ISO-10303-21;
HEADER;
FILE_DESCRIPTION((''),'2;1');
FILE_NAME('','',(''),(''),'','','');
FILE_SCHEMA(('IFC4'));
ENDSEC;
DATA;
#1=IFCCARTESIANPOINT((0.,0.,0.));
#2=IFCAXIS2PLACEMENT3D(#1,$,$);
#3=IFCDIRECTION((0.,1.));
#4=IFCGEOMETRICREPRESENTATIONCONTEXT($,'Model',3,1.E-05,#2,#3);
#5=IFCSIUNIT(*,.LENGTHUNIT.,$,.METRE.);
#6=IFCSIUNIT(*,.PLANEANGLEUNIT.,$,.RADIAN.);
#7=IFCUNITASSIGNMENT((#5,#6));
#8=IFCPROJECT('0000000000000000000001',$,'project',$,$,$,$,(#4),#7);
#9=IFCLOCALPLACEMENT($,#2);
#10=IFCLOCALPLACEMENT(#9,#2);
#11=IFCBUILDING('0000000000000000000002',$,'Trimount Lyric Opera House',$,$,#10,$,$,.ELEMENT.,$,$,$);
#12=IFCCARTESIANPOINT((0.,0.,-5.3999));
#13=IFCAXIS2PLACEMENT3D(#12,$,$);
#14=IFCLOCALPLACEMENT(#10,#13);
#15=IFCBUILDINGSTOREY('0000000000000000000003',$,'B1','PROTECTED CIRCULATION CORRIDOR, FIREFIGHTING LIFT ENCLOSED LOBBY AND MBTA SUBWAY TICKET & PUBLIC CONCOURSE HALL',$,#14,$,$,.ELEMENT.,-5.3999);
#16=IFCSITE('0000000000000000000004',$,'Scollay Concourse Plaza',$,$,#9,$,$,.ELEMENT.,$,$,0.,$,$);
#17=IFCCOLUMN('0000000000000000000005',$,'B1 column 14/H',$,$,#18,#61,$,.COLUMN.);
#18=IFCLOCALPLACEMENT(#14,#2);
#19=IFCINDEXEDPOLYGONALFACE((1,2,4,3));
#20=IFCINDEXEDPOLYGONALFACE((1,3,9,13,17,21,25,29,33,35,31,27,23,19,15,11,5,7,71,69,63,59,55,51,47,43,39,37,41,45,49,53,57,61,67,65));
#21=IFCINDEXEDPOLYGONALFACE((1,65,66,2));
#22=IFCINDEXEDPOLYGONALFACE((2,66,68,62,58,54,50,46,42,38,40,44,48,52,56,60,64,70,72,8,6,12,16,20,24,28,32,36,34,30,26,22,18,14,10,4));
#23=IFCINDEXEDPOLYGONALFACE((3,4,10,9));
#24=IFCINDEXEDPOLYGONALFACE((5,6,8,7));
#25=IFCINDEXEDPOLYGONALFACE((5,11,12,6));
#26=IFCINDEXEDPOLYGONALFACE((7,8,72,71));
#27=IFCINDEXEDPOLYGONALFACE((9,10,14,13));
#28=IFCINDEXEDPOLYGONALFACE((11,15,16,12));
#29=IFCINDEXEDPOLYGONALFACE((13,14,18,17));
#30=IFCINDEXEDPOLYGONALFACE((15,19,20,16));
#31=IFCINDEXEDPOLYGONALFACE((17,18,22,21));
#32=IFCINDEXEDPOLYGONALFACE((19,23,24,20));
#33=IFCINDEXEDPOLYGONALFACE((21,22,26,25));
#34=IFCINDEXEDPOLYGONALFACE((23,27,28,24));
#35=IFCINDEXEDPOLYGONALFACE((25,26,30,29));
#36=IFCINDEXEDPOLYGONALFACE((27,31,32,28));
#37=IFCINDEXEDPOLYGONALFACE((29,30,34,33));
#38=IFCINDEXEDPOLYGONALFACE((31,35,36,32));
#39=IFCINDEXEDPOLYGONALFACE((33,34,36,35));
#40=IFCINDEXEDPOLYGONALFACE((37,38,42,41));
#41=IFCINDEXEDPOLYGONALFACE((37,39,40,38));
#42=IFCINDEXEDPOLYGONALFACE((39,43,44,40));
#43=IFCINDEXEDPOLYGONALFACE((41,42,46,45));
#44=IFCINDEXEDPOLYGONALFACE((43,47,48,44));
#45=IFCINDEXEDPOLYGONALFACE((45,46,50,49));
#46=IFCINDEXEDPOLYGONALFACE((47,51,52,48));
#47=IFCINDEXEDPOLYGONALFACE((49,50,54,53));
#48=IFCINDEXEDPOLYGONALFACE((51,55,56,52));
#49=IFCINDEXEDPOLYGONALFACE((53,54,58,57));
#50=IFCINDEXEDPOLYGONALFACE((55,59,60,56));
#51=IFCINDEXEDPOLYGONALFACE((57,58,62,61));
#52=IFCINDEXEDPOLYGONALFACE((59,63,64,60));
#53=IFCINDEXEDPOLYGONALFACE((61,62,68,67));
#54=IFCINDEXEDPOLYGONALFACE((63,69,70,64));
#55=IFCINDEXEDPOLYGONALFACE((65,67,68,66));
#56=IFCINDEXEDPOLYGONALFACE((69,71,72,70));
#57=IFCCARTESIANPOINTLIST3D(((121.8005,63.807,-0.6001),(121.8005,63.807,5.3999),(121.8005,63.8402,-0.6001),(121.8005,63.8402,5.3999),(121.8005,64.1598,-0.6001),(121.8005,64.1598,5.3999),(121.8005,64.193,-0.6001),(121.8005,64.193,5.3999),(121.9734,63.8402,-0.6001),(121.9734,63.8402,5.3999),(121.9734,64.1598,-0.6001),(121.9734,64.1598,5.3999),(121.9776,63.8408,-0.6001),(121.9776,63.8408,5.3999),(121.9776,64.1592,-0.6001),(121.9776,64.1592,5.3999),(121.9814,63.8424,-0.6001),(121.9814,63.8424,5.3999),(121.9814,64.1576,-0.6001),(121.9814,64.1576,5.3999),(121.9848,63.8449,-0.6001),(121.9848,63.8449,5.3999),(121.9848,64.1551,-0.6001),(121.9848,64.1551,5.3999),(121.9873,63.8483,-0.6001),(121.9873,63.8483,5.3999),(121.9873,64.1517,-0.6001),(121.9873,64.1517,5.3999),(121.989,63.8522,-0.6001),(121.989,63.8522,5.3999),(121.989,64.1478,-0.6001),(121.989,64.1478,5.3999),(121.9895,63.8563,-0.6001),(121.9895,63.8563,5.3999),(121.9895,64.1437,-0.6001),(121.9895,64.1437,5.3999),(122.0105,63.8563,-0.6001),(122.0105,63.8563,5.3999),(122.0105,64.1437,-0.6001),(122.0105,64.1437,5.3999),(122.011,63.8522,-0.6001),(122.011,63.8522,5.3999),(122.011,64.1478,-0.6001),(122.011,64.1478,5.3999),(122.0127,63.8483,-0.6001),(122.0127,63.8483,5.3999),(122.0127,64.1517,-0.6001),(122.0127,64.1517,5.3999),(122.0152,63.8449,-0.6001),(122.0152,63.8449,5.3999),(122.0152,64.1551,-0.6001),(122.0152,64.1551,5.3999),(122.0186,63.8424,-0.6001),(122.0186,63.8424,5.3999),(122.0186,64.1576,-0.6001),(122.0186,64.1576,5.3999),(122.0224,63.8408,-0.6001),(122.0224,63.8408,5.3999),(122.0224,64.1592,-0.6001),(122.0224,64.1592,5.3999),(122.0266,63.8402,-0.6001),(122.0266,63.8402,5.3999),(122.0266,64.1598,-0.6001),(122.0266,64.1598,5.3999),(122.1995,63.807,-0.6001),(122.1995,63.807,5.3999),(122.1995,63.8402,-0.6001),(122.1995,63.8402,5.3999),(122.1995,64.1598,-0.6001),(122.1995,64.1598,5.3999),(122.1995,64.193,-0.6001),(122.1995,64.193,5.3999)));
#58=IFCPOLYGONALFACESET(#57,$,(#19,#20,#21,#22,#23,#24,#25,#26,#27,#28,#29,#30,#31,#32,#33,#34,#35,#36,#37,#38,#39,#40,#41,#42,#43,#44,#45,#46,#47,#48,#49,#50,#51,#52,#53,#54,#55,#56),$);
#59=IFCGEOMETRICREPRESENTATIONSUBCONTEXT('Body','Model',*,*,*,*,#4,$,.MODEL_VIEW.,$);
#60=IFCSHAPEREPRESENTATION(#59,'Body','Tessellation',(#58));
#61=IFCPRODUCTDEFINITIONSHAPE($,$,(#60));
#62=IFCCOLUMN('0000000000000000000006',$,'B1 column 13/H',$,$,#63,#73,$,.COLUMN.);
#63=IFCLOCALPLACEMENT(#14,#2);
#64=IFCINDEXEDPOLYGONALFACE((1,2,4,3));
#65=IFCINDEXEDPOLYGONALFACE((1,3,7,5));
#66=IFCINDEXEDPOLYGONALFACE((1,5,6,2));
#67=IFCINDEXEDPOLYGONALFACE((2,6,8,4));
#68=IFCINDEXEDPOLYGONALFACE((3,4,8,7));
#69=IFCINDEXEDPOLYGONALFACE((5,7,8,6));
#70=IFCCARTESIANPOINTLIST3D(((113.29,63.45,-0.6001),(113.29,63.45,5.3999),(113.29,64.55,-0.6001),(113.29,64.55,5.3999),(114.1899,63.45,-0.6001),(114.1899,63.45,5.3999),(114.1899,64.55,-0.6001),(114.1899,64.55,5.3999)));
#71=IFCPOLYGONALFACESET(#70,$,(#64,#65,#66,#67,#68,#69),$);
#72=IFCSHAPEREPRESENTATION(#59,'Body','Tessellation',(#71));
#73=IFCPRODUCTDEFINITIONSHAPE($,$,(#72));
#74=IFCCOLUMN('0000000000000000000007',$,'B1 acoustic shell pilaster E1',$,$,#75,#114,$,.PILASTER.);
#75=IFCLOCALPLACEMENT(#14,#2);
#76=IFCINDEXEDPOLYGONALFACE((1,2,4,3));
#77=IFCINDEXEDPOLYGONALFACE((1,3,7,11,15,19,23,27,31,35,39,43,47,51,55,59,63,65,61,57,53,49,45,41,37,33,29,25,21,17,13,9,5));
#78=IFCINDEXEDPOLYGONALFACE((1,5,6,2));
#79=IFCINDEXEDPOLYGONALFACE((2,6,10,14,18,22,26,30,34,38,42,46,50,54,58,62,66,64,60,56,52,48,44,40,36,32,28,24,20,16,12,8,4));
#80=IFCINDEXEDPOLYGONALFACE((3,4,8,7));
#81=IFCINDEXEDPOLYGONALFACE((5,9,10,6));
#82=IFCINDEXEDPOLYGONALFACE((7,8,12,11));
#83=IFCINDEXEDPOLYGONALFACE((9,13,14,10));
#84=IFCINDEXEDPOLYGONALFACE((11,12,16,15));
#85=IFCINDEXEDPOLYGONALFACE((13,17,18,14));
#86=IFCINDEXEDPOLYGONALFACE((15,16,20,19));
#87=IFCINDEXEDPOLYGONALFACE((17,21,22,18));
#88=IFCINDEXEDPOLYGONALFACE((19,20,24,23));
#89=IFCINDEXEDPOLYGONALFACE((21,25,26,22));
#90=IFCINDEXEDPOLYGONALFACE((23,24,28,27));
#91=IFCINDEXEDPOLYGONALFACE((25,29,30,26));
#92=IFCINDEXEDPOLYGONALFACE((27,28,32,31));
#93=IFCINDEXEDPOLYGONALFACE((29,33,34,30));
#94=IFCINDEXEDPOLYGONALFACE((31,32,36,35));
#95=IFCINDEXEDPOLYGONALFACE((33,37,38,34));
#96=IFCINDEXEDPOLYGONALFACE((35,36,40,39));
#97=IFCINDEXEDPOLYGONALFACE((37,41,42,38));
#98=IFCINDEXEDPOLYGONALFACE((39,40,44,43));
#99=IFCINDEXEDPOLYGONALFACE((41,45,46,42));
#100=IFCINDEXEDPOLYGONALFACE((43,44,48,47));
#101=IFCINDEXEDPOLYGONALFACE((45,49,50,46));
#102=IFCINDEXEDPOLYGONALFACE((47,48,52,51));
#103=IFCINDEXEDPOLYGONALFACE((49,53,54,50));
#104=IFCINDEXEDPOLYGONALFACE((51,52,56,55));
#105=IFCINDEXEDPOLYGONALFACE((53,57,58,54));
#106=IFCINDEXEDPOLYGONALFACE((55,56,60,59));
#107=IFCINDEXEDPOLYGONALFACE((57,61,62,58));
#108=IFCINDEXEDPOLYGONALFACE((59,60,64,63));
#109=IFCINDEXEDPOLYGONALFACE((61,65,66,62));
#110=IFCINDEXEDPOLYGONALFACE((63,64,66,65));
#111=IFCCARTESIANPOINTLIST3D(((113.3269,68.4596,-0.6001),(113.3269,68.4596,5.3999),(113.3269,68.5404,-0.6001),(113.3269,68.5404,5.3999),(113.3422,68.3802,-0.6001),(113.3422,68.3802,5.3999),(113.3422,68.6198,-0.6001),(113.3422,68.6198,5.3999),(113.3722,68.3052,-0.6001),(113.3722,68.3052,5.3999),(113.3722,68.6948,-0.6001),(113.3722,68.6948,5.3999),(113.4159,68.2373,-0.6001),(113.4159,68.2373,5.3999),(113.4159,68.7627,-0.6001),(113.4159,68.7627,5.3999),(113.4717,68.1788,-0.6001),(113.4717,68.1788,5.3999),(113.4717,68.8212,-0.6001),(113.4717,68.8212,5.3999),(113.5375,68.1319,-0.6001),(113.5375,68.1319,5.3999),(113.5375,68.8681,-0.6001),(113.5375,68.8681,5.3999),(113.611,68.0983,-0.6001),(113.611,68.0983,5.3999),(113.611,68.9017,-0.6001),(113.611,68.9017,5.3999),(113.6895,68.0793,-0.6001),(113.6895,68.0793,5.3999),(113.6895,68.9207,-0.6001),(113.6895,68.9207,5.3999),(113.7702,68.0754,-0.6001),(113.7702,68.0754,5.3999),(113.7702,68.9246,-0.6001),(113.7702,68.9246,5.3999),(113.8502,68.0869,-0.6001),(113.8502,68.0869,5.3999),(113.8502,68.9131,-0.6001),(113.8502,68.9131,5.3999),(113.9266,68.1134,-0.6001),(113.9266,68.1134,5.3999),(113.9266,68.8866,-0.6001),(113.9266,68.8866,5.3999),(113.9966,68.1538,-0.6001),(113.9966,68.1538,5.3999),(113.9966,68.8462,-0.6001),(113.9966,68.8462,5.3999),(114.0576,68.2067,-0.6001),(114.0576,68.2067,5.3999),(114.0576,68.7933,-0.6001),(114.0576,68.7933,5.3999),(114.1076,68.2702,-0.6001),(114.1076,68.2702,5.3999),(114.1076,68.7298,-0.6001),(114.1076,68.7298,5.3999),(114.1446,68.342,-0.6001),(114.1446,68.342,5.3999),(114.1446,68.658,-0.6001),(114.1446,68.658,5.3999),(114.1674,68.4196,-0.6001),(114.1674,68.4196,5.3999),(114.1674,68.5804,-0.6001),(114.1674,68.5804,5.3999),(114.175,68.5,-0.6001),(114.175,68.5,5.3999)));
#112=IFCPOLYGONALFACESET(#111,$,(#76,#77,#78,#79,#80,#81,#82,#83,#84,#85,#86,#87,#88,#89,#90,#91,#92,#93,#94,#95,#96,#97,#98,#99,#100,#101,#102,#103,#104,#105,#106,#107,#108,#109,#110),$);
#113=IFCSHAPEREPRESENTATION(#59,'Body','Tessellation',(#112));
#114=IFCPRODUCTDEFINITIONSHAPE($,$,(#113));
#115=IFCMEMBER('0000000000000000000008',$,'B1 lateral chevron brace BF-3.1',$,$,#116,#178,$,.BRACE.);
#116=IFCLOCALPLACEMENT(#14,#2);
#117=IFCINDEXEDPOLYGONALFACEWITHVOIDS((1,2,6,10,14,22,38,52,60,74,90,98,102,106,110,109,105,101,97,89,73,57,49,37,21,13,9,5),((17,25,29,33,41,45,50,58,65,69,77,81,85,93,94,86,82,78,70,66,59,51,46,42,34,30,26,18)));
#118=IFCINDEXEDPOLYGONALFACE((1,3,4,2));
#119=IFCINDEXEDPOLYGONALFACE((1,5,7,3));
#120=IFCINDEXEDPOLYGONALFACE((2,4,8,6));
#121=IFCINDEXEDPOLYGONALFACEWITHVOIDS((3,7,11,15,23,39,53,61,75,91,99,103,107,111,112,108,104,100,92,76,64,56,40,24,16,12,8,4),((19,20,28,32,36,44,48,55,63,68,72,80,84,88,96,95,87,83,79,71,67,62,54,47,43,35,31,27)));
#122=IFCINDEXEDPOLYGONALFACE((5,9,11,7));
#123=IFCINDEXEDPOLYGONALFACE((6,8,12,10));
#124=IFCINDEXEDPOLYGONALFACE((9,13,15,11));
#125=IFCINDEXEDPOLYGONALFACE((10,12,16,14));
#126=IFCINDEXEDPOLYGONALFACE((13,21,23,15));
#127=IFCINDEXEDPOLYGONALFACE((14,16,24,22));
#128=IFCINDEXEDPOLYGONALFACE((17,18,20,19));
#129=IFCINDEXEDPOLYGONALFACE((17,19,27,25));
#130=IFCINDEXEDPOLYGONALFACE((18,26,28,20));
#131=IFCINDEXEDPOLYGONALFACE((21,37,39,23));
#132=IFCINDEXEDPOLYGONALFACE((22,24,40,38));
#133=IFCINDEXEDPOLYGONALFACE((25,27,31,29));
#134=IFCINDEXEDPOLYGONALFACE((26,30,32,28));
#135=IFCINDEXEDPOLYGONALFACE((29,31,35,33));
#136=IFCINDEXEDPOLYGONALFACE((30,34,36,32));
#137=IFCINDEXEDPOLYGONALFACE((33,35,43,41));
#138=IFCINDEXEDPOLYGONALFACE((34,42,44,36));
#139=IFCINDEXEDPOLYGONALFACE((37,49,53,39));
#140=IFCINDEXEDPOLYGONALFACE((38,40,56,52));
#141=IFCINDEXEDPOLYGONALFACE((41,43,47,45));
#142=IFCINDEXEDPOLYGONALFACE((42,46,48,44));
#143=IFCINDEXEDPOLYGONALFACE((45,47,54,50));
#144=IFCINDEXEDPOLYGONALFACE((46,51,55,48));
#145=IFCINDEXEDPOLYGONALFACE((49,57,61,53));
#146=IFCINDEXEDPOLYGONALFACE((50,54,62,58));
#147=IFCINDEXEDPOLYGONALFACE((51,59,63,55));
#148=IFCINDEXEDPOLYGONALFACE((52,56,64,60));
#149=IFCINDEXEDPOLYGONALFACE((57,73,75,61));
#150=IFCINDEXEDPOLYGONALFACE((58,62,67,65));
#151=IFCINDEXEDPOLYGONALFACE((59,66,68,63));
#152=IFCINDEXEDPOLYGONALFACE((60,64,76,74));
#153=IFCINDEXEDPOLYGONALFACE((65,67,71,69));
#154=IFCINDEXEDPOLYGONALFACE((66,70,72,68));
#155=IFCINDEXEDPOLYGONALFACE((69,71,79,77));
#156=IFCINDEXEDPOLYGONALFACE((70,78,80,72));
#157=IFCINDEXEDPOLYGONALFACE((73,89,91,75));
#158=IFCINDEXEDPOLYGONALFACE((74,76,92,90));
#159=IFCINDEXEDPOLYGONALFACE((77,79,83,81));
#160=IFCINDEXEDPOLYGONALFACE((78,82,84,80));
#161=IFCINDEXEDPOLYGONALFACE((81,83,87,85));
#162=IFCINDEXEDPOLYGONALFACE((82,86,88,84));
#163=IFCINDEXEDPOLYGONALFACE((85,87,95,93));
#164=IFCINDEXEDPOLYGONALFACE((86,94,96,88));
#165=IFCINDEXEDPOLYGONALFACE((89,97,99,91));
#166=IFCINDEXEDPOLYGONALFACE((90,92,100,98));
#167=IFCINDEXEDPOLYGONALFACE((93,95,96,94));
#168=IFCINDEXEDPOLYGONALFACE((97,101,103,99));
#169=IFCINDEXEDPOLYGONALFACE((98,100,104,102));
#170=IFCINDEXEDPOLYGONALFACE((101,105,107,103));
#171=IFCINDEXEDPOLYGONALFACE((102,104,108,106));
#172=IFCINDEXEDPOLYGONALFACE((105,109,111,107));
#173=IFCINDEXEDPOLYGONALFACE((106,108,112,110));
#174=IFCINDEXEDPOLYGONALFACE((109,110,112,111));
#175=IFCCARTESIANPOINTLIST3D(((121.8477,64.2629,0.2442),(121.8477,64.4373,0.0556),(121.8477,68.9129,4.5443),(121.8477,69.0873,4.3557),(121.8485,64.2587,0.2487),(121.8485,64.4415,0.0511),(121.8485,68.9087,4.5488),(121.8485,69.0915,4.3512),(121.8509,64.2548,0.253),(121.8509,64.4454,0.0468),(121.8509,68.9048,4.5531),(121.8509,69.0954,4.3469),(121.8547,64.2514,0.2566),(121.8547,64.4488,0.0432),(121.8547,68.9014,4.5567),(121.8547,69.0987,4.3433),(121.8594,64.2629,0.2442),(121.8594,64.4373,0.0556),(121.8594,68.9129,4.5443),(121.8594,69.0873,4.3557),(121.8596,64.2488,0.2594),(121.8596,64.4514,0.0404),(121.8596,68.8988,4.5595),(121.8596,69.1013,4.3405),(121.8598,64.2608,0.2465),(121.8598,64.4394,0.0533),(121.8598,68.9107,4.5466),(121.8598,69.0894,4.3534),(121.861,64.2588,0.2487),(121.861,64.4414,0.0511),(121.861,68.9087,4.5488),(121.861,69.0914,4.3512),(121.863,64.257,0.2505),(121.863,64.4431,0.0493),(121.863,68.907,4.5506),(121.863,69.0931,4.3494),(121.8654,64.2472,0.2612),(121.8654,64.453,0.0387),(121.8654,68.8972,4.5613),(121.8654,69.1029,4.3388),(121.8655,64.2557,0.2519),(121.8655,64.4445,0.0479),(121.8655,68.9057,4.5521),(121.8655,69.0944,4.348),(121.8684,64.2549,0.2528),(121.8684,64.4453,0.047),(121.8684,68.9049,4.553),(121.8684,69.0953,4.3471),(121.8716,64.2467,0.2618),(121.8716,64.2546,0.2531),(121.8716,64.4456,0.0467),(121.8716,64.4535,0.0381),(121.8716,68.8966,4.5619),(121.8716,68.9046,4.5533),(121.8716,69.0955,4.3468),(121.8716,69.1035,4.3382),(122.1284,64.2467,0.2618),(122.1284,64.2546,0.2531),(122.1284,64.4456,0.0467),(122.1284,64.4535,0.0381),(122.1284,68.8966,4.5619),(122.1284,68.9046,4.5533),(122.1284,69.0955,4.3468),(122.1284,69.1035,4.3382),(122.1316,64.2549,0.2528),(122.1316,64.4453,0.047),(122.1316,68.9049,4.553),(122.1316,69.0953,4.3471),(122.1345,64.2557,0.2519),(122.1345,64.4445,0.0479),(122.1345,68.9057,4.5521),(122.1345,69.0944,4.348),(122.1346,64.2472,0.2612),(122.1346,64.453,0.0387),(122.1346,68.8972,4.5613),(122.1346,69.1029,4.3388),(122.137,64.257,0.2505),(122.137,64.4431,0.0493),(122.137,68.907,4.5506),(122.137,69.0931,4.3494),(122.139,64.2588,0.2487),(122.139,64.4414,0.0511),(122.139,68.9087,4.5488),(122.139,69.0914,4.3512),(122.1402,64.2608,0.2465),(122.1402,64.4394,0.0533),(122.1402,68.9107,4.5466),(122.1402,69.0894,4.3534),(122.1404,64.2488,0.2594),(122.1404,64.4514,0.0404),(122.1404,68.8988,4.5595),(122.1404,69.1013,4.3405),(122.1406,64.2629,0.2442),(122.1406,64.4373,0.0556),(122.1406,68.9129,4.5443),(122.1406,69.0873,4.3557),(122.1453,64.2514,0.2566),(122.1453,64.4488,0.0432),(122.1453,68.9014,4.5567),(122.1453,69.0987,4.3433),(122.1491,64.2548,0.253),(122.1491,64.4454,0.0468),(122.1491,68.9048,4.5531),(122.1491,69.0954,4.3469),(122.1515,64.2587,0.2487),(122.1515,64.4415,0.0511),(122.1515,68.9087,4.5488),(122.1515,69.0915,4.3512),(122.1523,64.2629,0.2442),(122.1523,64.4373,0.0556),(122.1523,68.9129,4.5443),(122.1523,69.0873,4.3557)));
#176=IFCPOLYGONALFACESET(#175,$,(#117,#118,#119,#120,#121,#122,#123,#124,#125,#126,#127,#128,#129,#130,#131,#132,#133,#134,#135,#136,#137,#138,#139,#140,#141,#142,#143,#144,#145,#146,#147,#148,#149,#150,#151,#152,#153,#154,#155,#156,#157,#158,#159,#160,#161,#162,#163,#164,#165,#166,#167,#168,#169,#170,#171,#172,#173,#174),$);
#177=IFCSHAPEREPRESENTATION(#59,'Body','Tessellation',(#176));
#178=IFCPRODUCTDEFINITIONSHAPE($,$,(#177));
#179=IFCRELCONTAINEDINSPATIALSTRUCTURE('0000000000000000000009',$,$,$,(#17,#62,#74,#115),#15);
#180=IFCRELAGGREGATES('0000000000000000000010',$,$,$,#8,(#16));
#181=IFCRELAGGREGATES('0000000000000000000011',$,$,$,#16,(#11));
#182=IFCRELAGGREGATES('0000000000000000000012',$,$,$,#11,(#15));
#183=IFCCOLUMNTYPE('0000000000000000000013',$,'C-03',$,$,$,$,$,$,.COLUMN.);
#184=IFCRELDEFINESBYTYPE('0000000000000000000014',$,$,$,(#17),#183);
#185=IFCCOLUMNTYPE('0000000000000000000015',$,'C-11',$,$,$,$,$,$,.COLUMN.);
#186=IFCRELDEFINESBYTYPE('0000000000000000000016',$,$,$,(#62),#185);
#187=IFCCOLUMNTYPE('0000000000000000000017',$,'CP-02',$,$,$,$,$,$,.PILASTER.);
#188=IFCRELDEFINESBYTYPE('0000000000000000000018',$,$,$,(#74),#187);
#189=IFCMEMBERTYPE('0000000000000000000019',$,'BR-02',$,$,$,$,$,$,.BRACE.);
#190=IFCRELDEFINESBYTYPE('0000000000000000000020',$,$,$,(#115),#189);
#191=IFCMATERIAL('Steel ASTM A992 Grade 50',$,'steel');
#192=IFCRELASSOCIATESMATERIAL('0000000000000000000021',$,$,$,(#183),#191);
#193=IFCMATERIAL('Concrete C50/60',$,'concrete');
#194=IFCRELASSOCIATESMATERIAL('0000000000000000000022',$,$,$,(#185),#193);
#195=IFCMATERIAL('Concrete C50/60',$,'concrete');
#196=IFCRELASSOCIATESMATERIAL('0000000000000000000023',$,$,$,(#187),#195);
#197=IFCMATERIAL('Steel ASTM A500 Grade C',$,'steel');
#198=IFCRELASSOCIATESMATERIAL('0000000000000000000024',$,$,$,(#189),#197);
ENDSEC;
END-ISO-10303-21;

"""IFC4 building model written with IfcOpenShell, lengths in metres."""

from ifc_helpers import new_model, si_unit, direction, frame, origin, origin_2d, place, context, subcontext, project, spatial, rectangle, hollow_rectangle, circle, i_section, extrude, material, material_profile, profile_set, type_object, element, save


model = new_model("IFC4")

# Units and contexts
model_context = context("Model", 3, precision=1e-05, world=origin(), true_north=direction((0.0, 1.0)))
body_context = subcontext(model_context, "Body", "Model", "MODEL_VIEW")
ifc_project = project(units=[si_unit("LENGTHUNIT", "METRE"), si_unit("PLANEANGLEUNIT", "RADIAN")], contexts=[model_context])

# Site, building, storey
site_placement = place(None, origin())
site = spatial("IfcSite", under=ifc_project, at=site_placement, Name="Scollay Concourse Plaza", CompositionType="ELEMENT", RefElevation=0.0)
building_placement = place(site_placement, origin())
building = spatial("IfcBuilding", under=site, at=building_placement, Name="Trimount Lyric Opera House", CompositionType="ELEMENT")
storey_placement = place(building_placement, frame((0.0, 0.0, -5.3999)))
storey = spatial("IfcBuildingStorey", under=building, at=storey_placement, Name="B1", Description="PROTECTED CIRCULATION CORRIDOR, FIREFIGHTING LIFT ENCLOSED LOBBY AND MBTA SUBWAY TICKET & PUBLIC CONCOURSE HALL", CompositionType="ELEMENT", Elevation=-5.3999)

# Columns
ifc_material_1 = material(Name="Steel ASTM A992 Grade 50", Category="steel")
ifc_material_profile_1 = material_profile(ifc_material_1, i_section(OverallWidth=0.3989, OverallDepth=0.386, WebThickness=0.021, FlangeThickness=0.0332, FilletRadius=0.0161, at=origin_2d()), Name="W14X176")
ifc_profile_set_1 = profile_set([ifc_material_profile_1], Name="Steel ASTM A992 Grade 50")
column_type_1 = type_object("IfcColumnType", Name="C-03", PredefinedType="COLUMN", material=ifc_profile_set_1)
column_1_placement = place(storey_placement, frame((122.0, 64.0, -0.6001), z_axis=(0.0, 0.0, 1.0), x_axis=(1.0, 0.0, 0.0)))
element("IfcColumn", 1, at=column_1_placement, inside=storey, type_object=column_type_1, Name="B1 column 14/H", PredefinedType="COLUMN", context=body_context, shape_type="SweptSolid", body=[
    extrude(i_section(OverallWidth=0.3989, OverallDepth=0.386, WebThickness=0.021, FlangeThickness=0.0332, FilletRadius=0.0161, at=origin_2d()), origin(), (0.0, 0.0, 1.0), 6.0),
])
ifc_material_2 = material(Name="Concrete C50/60", Category="concrete")
ifc_material_profile_2 = material_profile(ifc_material_2, rectangle(XDim=0.8999, YDim=1.1001, at=origin_2d()), Name="RC1100X900")
ifc_profile_set_2 = profile_set([ifc_material_profile_2], Name="Concrete C50/60")
column_type_2 = type_object("IfcColumnType", Name="C-11", PredefinedType="COLUMN", material=ifc_profile_set_2)
column_2_placement = place(storey_placement, frame((113.74, 64.0, -0.6001), z_axis=(0.0, 0.0, 1.0), x_axis=(1.0, 0.0, 0.0)))
element("IfcColumn", 2, at=column_2_placement, inside=storey, type_object=column_type_2, Name="B1 column 13/H", PredefinedType="COLUMN", context=body_context, shape_type="SweptSolid", body=[
    extrude(rectangle(XDim=0.8999, YDim=1.1001, at=origin_2d()), origin(), (0.0, 0.0, 1.0), 6.0),
])
ifc_material_3 = material(Name="Concrete C50/60", Category="concrete")
ifc_material_profile_3 = material_profile(ifc_material_3, circle(Radius=0.425, at=origin_2d()), Name="RC-D850")
ifc_profile_set_3 = profile_set([ifc_material_profile_3], Name="Concrete C50/60")
column_type_3 = type_object("IfcColumnType", Name="CP-02", PredefinedType="PILASTER", material=ifc_profile_set_3)
column_3_placement = place(storey_placement, frame((113.75, 68.5, -0.6001), z_axis=(0.0, 0.0, 1.0), x_axis=(1.0, 0.0, 0.0)))
element("IfcColumn", 3, at=column_3_placement, inside=storey, type_object=column_type_3, Name="B1 acoustic shell pilaster E1", PredefinedType="PILASTER", context=body_context, shape_type="SweptSolid", body=[
    extrude(circle(Radius=0.425, at=origin_2d()), origin(), (0.0, 0.0, 1.0), 6.0),
])

# Member
ifc_material_4 = material(Name="Steel ASTM A500 Grade C", Category="steel")
ifc_material_profile_4 = material_profile(ifc_material_4, hollow_rectangle(XDim=0.3047, YDim=0.3047, WallThickness=0.0117, InnerFilletRadius=0.0122, OuterFilletRadius=0.0239, at=origin_2d()), Name="HSS304.8X304.8X12.7")
ifc_profile_set_4 = profile_set([ifc_material_profile_4], Name="Steel ASTM A500 Grade C")
member_type_1 = type_object("IfcMemberType", Name="BR-02", PredefinedType="BRACE", material=ifc_profile_set_4)
member_1_placement = place(storey_placement, frame((122.0, 64.3501, 0.1499), z_axis=(0.0, 0.734187, 0.678947), x_axis=(-1.0, 0.0, 0.0)))
element("IfcMember", 4, at=member_1_placement, inside=storey, type_object=member_type_1, Name="B1 lateral chevron brace BF-3.1", PredefinedType="BRACE", context=body_context, shape_type="SweptSolid", body=[
    extrude(hollow_rectangle(XDim=0.3047, YDim=0.3047, WallThickness=0.0117, InnerFilletRadius=0.0122, OuterFilletRadius=0.0239, at=origin_2d()), origin(), (0.0, 0.0, 1.0), 6.3335),
])

save(model, "model.ifc")
